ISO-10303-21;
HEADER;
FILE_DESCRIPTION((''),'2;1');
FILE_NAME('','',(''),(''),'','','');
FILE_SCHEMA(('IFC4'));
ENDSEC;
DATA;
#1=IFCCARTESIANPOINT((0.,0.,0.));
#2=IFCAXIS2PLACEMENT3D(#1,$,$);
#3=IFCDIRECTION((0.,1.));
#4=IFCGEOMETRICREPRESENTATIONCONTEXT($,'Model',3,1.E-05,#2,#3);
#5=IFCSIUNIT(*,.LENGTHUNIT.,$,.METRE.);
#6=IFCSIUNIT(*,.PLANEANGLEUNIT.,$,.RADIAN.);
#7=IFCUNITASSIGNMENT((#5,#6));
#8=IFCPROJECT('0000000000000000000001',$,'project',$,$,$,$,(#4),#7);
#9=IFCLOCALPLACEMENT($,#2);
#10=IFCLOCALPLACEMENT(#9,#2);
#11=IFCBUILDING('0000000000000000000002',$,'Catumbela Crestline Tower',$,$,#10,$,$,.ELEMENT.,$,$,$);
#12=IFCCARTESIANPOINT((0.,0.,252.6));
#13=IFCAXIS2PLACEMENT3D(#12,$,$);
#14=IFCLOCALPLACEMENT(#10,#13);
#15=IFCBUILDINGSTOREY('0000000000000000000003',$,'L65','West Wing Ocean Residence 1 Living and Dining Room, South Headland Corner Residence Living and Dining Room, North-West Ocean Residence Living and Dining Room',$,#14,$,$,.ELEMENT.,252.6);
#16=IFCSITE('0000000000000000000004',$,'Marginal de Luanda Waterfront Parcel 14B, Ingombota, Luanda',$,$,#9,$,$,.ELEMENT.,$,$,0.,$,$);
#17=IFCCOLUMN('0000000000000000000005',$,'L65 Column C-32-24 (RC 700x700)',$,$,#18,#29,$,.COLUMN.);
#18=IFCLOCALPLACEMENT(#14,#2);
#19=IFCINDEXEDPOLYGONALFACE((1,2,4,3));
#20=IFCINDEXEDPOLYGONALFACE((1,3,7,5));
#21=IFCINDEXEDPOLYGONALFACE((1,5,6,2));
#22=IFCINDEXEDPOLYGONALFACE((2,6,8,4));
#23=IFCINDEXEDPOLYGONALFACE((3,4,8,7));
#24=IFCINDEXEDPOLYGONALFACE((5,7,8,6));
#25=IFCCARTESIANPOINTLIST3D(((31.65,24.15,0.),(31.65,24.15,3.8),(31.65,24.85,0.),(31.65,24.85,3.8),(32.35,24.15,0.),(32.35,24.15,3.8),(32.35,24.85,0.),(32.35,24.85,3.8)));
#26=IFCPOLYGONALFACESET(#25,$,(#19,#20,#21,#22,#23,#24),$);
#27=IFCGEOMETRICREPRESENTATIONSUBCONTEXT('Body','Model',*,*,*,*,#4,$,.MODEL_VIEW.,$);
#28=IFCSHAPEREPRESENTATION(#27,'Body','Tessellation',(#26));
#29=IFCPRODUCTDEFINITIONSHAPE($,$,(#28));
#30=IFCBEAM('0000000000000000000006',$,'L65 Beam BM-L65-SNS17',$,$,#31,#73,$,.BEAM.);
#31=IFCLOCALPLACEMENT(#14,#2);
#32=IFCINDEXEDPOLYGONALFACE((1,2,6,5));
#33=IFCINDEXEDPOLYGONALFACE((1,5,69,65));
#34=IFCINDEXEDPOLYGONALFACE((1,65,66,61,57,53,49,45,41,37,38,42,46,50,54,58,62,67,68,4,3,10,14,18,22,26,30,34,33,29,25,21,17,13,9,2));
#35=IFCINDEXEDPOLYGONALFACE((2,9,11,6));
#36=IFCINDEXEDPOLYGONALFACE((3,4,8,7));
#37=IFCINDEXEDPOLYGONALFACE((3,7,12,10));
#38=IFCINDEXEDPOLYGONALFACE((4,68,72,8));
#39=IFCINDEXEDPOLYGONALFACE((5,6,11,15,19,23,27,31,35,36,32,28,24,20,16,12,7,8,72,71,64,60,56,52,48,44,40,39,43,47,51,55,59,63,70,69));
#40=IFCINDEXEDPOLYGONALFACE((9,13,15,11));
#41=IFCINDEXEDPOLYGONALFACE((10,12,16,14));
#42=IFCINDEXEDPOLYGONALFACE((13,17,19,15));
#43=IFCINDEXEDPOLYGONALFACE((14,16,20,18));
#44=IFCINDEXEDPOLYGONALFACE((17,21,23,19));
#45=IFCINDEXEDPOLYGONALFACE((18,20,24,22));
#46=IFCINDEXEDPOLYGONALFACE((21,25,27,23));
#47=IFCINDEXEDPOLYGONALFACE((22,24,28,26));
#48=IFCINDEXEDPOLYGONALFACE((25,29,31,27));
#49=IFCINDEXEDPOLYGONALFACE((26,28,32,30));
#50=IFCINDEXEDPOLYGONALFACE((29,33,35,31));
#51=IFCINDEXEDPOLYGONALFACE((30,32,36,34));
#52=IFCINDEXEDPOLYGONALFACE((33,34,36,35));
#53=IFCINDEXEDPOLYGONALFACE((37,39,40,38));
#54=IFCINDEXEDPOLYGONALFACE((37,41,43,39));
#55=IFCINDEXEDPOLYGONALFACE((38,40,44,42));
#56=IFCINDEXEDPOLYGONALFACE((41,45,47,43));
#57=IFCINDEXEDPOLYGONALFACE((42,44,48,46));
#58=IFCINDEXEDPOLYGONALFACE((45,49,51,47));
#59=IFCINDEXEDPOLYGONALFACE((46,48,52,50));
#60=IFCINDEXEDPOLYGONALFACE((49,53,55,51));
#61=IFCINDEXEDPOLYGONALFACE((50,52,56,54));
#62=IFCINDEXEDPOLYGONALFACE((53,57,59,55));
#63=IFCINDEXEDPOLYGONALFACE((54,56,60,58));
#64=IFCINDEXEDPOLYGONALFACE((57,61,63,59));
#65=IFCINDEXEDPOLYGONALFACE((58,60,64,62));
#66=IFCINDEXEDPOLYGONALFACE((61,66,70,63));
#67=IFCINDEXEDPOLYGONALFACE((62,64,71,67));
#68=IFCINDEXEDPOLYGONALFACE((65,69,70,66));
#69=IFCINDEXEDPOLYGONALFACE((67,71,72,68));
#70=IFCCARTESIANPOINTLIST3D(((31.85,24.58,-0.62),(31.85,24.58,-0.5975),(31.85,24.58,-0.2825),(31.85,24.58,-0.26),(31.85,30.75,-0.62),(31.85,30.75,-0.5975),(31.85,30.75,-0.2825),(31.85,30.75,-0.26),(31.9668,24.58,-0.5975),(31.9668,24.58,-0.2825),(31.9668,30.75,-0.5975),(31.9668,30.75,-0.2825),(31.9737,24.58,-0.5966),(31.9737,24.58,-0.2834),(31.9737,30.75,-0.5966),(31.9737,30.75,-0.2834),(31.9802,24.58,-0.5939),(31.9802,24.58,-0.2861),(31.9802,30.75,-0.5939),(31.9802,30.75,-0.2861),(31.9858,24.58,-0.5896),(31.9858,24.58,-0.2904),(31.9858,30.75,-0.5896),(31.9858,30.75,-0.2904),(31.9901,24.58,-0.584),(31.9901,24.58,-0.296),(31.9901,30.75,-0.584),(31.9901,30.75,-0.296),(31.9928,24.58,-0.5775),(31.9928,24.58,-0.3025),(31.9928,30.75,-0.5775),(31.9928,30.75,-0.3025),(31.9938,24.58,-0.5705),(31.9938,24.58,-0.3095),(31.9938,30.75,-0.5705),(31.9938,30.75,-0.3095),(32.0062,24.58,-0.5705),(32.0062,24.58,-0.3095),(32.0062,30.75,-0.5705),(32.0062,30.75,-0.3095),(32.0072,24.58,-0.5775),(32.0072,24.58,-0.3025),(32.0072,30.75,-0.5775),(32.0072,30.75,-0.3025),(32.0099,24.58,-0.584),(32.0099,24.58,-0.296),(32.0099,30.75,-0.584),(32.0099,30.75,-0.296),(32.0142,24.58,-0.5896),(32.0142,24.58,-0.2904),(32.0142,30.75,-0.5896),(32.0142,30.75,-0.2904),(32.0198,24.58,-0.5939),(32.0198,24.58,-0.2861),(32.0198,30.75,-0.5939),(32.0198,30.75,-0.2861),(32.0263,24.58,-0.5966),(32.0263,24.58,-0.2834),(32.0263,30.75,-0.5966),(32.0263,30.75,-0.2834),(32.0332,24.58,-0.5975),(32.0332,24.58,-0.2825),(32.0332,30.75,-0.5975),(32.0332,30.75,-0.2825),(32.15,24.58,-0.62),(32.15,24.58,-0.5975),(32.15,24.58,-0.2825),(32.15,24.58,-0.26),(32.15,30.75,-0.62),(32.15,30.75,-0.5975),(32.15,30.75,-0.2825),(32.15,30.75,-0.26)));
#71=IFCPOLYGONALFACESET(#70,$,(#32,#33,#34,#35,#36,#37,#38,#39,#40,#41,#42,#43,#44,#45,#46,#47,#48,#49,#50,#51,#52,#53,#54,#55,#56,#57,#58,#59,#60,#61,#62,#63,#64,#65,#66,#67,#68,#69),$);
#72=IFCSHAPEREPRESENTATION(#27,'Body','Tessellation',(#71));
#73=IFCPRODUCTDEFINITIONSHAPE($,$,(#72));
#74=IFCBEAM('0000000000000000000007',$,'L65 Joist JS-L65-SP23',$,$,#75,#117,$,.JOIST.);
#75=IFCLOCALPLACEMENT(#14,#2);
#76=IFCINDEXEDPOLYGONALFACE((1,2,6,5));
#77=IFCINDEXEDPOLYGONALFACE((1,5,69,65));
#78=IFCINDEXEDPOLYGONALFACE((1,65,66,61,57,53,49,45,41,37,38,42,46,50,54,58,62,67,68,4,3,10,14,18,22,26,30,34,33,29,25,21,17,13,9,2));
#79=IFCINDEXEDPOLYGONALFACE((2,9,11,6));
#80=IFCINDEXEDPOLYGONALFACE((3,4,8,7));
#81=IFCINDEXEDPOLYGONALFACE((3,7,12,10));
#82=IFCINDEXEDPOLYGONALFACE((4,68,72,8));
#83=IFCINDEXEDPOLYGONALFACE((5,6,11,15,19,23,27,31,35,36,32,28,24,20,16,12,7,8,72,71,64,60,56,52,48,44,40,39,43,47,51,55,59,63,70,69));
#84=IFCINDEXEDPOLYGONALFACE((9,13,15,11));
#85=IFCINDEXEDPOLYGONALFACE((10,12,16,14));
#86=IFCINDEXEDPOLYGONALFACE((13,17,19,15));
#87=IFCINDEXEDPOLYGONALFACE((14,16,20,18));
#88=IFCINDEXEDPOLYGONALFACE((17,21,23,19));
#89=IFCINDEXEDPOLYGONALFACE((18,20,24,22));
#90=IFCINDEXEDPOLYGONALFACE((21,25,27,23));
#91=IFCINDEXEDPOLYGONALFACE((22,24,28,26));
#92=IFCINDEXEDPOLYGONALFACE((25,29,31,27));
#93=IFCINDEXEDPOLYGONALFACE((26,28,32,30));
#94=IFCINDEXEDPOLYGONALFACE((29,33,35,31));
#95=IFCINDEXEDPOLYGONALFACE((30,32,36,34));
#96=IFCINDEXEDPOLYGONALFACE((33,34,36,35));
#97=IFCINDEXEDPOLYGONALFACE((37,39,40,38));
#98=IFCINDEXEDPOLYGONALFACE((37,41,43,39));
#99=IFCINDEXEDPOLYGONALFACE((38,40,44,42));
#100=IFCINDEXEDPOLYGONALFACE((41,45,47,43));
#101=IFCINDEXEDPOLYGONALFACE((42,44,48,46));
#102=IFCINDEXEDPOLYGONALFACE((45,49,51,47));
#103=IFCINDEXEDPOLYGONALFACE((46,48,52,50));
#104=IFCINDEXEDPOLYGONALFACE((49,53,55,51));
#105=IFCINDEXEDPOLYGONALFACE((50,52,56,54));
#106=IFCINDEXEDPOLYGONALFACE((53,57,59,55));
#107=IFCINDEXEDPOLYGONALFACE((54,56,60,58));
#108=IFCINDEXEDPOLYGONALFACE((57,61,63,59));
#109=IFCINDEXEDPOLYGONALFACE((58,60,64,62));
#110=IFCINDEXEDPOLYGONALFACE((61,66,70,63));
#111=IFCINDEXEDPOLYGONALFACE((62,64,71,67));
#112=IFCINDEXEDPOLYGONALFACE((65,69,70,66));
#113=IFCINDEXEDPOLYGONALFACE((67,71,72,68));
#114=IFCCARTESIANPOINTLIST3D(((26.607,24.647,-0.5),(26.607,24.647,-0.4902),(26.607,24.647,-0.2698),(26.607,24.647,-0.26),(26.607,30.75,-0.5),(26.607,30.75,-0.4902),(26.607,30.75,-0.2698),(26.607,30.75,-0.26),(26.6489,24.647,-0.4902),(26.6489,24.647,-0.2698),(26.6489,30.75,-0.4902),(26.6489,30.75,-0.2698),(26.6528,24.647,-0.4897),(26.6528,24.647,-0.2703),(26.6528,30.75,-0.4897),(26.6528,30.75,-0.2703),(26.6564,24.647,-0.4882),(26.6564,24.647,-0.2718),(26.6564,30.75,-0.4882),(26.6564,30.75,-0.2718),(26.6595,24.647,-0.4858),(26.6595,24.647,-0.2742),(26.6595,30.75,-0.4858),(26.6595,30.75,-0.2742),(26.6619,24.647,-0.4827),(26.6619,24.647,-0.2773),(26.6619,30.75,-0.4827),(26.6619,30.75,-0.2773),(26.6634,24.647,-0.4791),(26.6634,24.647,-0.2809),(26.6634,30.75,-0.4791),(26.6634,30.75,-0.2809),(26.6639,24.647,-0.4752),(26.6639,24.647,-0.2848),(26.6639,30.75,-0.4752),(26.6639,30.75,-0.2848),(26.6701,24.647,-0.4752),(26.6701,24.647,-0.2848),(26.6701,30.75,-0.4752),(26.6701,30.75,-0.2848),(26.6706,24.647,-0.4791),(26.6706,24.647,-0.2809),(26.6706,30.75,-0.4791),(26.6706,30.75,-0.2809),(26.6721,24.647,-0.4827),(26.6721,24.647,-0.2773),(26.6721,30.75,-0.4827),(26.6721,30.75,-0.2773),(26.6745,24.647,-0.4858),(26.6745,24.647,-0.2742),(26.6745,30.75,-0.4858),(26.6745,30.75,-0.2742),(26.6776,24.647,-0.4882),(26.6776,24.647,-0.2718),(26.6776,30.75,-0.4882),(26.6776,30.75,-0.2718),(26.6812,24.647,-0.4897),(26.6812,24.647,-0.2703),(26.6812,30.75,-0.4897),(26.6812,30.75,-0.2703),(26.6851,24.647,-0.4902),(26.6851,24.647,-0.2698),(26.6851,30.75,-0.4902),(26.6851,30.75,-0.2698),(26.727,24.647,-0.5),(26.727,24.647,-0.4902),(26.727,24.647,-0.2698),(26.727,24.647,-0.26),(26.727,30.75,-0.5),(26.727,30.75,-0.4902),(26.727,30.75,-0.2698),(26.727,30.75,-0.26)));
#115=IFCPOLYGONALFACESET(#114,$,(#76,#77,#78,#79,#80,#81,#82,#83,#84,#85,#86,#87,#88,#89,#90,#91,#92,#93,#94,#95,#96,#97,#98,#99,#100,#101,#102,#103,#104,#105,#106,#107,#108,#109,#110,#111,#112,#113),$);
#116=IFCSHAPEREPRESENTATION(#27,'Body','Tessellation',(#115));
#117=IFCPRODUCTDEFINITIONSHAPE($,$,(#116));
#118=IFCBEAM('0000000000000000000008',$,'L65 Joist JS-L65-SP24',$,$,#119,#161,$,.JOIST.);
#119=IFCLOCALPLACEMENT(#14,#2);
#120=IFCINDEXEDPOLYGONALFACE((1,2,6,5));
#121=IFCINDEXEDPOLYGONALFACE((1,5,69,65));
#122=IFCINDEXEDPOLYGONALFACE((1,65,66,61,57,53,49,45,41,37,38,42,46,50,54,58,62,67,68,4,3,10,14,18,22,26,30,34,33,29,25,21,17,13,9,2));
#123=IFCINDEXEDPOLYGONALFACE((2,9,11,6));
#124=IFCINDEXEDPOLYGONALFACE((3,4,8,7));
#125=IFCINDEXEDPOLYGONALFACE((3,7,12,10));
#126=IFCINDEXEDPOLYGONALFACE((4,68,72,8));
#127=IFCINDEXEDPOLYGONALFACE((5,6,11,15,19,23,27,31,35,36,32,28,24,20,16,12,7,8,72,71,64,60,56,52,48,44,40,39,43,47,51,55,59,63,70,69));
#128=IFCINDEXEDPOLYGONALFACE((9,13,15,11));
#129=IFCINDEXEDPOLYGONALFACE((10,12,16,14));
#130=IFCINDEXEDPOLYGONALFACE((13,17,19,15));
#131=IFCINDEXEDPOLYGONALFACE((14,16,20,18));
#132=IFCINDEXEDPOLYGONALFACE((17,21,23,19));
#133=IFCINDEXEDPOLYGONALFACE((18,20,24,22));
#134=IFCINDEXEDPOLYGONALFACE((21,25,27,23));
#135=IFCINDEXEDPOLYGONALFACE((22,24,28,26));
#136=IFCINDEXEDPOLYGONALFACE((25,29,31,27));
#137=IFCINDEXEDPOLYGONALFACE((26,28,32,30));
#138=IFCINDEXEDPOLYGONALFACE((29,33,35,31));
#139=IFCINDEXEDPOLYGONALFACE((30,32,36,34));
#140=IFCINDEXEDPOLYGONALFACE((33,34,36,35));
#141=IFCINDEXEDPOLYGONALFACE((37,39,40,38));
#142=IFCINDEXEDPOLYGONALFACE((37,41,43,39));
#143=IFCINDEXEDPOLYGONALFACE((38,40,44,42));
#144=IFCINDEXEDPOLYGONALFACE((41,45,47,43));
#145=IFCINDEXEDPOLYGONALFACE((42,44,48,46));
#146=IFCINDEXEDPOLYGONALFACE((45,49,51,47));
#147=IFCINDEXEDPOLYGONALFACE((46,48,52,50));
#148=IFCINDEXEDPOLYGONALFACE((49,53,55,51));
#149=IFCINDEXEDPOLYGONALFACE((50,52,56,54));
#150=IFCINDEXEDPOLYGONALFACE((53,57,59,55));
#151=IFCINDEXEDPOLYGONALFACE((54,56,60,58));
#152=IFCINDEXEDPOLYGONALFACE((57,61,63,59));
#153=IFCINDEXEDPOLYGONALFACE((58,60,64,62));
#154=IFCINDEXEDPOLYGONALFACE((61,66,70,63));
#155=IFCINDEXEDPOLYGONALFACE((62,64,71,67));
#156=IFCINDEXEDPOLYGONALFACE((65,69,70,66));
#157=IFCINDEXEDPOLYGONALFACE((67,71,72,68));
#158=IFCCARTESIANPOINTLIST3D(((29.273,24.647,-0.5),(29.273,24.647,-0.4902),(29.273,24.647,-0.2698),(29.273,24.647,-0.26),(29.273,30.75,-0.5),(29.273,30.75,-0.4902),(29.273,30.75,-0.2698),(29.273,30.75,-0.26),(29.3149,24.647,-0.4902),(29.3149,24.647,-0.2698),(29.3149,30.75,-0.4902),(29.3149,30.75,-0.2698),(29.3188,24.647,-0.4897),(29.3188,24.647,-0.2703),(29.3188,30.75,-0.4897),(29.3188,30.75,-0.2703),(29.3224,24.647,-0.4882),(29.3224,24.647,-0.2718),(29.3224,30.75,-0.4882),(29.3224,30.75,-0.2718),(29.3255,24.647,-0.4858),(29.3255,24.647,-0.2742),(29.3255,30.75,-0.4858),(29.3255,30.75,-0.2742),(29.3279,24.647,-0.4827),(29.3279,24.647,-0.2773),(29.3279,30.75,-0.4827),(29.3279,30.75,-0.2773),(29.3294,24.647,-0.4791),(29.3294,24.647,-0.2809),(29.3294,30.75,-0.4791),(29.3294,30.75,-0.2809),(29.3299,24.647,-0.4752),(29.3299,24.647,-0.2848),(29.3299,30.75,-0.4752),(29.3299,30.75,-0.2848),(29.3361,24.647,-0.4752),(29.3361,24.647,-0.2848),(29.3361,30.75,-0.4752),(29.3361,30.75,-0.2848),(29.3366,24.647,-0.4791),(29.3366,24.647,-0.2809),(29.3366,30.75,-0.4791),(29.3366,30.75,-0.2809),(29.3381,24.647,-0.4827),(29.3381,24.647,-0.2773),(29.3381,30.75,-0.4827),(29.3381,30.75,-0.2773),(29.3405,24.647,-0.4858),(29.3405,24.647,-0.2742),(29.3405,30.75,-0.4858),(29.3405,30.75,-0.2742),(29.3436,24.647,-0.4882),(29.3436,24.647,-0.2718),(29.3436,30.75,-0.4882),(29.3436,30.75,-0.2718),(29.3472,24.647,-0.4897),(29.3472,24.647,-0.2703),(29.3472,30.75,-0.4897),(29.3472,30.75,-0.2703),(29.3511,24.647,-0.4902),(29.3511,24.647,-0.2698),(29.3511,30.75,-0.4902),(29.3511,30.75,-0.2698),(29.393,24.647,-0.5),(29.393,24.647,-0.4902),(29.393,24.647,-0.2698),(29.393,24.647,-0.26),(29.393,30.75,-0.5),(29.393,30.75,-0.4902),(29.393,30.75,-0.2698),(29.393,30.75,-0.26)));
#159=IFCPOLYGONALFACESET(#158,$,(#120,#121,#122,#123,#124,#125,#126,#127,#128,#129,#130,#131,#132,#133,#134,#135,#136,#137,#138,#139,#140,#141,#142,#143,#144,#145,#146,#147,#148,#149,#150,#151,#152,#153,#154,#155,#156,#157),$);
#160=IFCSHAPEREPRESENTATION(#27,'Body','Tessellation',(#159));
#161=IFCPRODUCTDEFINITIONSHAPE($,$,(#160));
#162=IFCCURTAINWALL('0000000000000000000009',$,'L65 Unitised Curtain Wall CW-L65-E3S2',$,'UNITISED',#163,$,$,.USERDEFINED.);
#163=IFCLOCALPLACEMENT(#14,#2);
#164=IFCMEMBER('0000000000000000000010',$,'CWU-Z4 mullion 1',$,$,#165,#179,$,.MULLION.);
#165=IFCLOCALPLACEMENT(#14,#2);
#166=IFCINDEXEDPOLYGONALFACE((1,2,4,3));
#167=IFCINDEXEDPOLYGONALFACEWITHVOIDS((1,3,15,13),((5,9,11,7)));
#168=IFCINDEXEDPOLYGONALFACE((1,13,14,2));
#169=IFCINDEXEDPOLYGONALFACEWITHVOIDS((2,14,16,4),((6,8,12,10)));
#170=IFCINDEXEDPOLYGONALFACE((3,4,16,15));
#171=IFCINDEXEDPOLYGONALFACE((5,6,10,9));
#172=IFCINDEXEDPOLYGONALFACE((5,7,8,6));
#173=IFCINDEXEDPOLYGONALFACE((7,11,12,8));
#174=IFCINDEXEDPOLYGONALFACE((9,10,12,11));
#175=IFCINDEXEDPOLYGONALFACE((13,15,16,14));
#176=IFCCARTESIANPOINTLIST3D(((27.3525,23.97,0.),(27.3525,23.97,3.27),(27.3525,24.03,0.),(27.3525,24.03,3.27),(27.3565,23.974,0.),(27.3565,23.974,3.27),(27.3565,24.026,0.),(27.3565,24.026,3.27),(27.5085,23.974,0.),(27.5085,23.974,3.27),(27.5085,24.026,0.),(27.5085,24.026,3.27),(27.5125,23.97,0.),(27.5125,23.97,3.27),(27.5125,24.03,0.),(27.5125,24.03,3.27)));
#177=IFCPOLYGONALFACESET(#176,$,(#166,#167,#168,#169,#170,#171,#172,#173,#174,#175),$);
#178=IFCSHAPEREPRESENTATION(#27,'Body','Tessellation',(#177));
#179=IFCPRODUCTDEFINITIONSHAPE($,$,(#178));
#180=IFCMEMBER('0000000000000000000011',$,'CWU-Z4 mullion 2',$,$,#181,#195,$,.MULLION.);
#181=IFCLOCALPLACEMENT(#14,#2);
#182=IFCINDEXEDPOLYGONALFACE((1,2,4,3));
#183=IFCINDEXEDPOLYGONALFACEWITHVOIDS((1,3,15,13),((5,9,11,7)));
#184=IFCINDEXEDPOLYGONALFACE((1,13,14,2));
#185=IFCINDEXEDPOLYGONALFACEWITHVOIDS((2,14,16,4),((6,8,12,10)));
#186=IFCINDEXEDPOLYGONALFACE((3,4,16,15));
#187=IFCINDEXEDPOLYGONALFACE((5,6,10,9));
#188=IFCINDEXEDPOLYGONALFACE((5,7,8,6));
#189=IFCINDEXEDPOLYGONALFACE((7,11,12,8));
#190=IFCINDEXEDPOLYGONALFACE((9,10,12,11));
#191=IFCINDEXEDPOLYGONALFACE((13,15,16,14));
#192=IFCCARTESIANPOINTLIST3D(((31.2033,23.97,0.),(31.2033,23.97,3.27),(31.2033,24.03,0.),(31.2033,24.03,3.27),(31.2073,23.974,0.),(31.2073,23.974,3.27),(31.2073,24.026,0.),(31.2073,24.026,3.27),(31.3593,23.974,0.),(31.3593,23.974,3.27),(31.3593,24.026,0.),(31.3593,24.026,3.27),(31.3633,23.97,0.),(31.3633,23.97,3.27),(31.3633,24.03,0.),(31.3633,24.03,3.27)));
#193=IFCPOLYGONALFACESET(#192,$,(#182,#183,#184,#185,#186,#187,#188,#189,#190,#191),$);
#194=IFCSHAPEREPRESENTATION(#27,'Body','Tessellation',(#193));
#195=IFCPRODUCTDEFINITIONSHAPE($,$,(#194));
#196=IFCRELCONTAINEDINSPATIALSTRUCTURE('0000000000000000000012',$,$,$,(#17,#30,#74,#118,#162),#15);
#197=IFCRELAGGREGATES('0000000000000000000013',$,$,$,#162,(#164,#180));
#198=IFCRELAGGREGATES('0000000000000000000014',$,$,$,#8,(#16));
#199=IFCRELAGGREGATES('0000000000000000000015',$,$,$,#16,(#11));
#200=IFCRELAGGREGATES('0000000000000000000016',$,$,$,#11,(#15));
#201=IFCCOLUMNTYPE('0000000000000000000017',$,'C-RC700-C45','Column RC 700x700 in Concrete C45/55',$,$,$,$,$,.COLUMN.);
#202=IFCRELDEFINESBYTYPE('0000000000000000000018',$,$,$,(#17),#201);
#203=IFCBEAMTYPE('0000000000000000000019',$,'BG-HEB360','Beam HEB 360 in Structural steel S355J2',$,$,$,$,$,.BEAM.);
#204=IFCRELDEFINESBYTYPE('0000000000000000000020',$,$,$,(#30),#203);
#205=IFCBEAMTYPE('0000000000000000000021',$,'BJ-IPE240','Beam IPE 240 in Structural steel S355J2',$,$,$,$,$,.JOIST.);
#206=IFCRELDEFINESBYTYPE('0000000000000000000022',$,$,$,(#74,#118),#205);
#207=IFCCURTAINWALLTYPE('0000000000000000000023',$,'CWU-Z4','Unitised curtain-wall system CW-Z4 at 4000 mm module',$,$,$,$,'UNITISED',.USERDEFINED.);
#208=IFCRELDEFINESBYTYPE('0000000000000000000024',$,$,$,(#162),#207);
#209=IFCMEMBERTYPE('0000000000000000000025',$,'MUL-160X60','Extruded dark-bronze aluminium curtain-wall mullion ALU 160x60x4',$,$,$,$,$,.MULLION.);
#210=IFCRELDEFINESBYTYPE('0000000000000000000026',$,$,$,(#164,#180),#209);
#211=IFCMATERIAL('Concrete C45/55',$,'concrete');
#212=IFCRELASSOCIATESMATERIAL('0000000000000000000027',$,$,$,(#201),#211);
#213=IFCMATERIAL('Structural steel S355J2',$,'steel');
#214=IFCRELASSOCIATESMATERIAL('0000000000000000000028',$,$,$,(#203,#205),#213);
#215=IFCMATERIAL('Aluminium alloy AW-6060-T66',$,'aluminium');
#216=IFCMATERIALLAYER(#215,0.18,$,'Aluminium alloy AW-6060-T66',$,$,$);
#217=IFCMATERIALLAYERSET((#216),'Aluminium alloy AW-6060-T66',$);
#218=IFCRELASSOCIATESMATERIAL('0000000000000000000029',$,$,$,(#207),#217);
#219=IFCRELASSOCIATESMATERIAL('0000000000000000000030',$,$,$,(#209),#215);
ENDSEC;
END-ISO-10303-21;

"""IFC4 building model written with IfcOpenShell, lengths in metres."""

from ifc_helpers import new_model, si_unit, direction, frame, origin, origin_2d, place, context, subcontext, project, spatial, rectangle, hollow_rectangle, i_section, extrude, material, layer, layer_set, material_profile, profile_set, type_object, element, aggregate, save


model = new_model("IFC4")

# Units and contexts
model_context = context("Model", 3, precision=1e-05, world=origin(), true_north=direction((0.0, 1.0)))
body_context = subcontext(model_context, "Body", "Model", "MODEL_VIEW")
ifc_project = project(units=[si_unit("LENGTHUNIT", "METRE"), si_unit("PLANEANGLEUNIT", "RADIAN")], contexts=[model_context])

# Site, building, storey
site_placement = place(None, origin())
site = spatial("IfcSite", under=ifc_project, at=site_placement, Name="Marginal de Luanda Waterfront Parcel 14B, Ingombota, Luanda", CompositionType="ELEMENT", RefElevation=0.0)
building_placement = place(site_placement, origin())
building = spatial("IfcBuilding", under=site, at=building_placement, Name="Catumbela Crestline Tower", CompositionType="ELEMENT")
storey_placement = place(building_placement, frame((0.0, 0.0, 252.6)))
storey = spatial("IfcBuildingStorey", under=building, at=storey_placement, Name="L65", Description="West Wing Ocean Residence 1 Living and Dining Room, South Headland Corner Residence Living and Dining Room, North-West Ocean Residence Living and Dining Room", CompositionType="ELEMENT", Elevation=252.6)

# Column
ifc_material_1 = material(Name="Concrete C45/55", Category="concrete")
ifc_material_profile_1 = material_profile(ifc_material_1, rectangle(XDim=0.7, YDim=0.7, at=origin_2d()), Name="RC 700x700")
ifc_profile_set_1 = profile_set([ifc_material_profile_1], Name="Concrete C45/55")
column_type = type_object("IfcColumnType", Name="C-RC700-C45", Description="Column RC 700x700 in Concrete C45/55", PredefinedType="COLUMN", material=ifc_profile_set_1)
column_placement = place(storey_placement, frame((32.0, 24.5, 0.0), z_axis=(0.0, 0.0, 1.0), x_axis=(1.0, 0.0, 0.0)))
element("IfcColumn", 1, at=column_placement, inside=storey, type_object=column_type, Name="L65 Column C-32-24 (RC 700x700)", PredefinedType="COLUMN", context=body_context, shape_type="SweptSolid", body=[
    extrude(rectangle(XDim=0.7, YDim=0.7, at=origin_2d()), origin(), (0.0, 0.0, 1.0), 3.8),
])

# Beams
ifc_material_2 = material(Name="Structural steel S355J2", Category="steel")
ifc_material_profile_2 = material_profile(ifc_material_2, i_section(OverallWidth=0.3, OverallDepth=0.36, WebThickness=0.0125, FlangeThickness=0.0225, FilletRadius=0.027, at=origin_2d()), Name="HEB 360")
ifc_profile_set_2 = profile_set([ifc_material_profile_2], Name="Structural steel S355J2")
beam_type_1 = type_object("IfcBeamType", Name="BG-HEB360", Description="Beam HEB 360 in Structural steel S355J2", PredefinedType="BEAM", material=ifc_profile_set_2)
beam_placement = place(storey_placement, frame((32.0, 24.58, -0.44), z_axis=(0.0, 1.0, 0.0), x_axis=(-1.0, 0.0, 0.0)))
element("IfcBeam", 2, at=beam_placement, inside=storey, type_object=beam_type_1, Name="L65 Beam BM-L65-SNS17", PredefinedType="BEAM", context=body_context, shape_type="SweptSolid", body=[
    extrude(i_section(OverallWidth=0.3, OverallDepth=0.36, WebThickness=0.0125, FlangeThickness=0.0225, FilletRadius=0.027, at=origin_2d()), origin(), (0.0, 0.0, 1.0), 6.17),
])
ifc_material_profile_3 = material_profile(ifc_material_2, i_section(OverallWidth=0.12, OverallDepth=0.24, WebThickness=0.0062, FlangeThickness=0.0098, FilletRadius=0.015, at=origin_2d()), Name="IPE 240")
ifc_profile_set_3 = profile_set([ifc_material_profile_3], Name="Structural steel S355J2")
beam_type_2 = type_object("IfcBeamType", Name="BJ-IPE240", Description="Beam IPE 240 in Structural steel S355J2", PredefinedType="JOIST", material=ifc_profile_set_3)
for number, where, z_axis, x_axis, name in (
    (3, (26.667, 24.647, -0.38), (0.0, 1.0, 0.0), (-1.0, 0.0, 0.0), "L65 Joist JS-L65-SP23"),
    (4, (29.333, 24.647, -0.38), (0.0, 1.0, 0.0), (-1.0, 0.0, 0.0), "L65 Joist JS-L65-SP24"),
):
    element("IfcBeam", number, at=place(storey_placement, frame(where, z_axis=z_axis, x_axis=x_axis)), inside=storey, type_object=beam_type_2, Name=name, PredefinedType="JOIST", context=body_context, shape_type="SweptSolid", body=[
        extrude(i_section(OverallWidth=0.12, OverallDepth=0.24, WebThickness=0.0062, FlangeThickness=0.0098, FilletRadius=0.015, at=origin_2d()), origin(), (0.0, 0.0, 1.0), 6.103),
    ])

# Curtain wall, members
ifc_material_3 = material(Name="Aluminium alloy AW-6060-T66", Category="aluminium")
ifc_layer_1 = layer(ifc_material_3, 0.18, Name="Aluminium alloy AW-6060-T66")
ifc_layer_set_1 = layer_set([ifc_layer_1], Name="Aluminium alloy AW-6060-T66")
curtain_wall_type = type_object("IfcCurtainWallType", Name="CWU-Z4", Description="Unitised curtain-wall system CW-Z4 at 4000 mm module", ElementType="UNITISED", PredefinedType="USERDEFINED", material=ifc_layer_set_1)
curtain_wall_placement = place(storey_placement, origin())
curtain_wall = element("IfcCurtainWall", 5, at=curtain_wall_placement, inside=storey, type_object=curtain_wall_type, Name="L65 Unitised Curtain Wall CW-L65-E3S2", ObjectType="UNITISED", PredefinedType="USERDEFINED")
ifc_material_profile_4 = material_profile(ifc_material_3, hollow_rectangle(XDim=0.06, YDim=0.16, WallThickness=0.004, at=origin_2d()), Name="ALU 160x60x4")
ifc_profile_set_4 = profile_set([ifc_material_profile_4], Name="Aluminium alloy AW-6060-T66")
member_type_1 = type_object("IfcMemberType", Name="MUL-160X60", Description="Extruded dark-bronze aluminium curtain-wall mullion ALU 160x60x4", PredefinedType="MULLION", material=ifc_profile_set_4)
member_1_placement = place(storey_placement, frame((27.4325, 24.0, 0.0), z_axis=(0.0, 0.0, 1.0), x_axis=(0.0, 1.0, 0.0)))
member_1 = element("IfcMember", 6, at=member_1_placement, type_object=member_type_1, Name="CWU-Z4 mullion 1", PredefinedType="MULLION", context=body_context, shape_type="SweptSolid", body=[
    extrude(hollow_rectangle(XDim=0.06, YDim=0.16, WallThickness=0.004, at=origin_2d()), origin(), (0.0, 0.0, 1.0), 3.27),
])
member_2_placement = place(storey_placement, frame((31.2833, 24.0, 0.0), z_axis=(0.0, 0.0, 1.0), x_axis=(0.0, 1.0, 0.0)))
member_2 = element("IfcMember", 7, at=member_2_placement, type_object=member_type_1, Name="CWU-Z4 mullion 2", PredefinedType="MULLION", context=body_context, shape_type="SweptSolid", body=[
    extrude(hollow_rectangle(XDim=0.06, YDim=0.16, WallThickness=0.004, at=origin_2d()), origin(), (0.0, 0.0, 1.0), 3.27),
])
aggregate(curtain_wall, [member_1, member_2])

save(model, "model.ifc")
